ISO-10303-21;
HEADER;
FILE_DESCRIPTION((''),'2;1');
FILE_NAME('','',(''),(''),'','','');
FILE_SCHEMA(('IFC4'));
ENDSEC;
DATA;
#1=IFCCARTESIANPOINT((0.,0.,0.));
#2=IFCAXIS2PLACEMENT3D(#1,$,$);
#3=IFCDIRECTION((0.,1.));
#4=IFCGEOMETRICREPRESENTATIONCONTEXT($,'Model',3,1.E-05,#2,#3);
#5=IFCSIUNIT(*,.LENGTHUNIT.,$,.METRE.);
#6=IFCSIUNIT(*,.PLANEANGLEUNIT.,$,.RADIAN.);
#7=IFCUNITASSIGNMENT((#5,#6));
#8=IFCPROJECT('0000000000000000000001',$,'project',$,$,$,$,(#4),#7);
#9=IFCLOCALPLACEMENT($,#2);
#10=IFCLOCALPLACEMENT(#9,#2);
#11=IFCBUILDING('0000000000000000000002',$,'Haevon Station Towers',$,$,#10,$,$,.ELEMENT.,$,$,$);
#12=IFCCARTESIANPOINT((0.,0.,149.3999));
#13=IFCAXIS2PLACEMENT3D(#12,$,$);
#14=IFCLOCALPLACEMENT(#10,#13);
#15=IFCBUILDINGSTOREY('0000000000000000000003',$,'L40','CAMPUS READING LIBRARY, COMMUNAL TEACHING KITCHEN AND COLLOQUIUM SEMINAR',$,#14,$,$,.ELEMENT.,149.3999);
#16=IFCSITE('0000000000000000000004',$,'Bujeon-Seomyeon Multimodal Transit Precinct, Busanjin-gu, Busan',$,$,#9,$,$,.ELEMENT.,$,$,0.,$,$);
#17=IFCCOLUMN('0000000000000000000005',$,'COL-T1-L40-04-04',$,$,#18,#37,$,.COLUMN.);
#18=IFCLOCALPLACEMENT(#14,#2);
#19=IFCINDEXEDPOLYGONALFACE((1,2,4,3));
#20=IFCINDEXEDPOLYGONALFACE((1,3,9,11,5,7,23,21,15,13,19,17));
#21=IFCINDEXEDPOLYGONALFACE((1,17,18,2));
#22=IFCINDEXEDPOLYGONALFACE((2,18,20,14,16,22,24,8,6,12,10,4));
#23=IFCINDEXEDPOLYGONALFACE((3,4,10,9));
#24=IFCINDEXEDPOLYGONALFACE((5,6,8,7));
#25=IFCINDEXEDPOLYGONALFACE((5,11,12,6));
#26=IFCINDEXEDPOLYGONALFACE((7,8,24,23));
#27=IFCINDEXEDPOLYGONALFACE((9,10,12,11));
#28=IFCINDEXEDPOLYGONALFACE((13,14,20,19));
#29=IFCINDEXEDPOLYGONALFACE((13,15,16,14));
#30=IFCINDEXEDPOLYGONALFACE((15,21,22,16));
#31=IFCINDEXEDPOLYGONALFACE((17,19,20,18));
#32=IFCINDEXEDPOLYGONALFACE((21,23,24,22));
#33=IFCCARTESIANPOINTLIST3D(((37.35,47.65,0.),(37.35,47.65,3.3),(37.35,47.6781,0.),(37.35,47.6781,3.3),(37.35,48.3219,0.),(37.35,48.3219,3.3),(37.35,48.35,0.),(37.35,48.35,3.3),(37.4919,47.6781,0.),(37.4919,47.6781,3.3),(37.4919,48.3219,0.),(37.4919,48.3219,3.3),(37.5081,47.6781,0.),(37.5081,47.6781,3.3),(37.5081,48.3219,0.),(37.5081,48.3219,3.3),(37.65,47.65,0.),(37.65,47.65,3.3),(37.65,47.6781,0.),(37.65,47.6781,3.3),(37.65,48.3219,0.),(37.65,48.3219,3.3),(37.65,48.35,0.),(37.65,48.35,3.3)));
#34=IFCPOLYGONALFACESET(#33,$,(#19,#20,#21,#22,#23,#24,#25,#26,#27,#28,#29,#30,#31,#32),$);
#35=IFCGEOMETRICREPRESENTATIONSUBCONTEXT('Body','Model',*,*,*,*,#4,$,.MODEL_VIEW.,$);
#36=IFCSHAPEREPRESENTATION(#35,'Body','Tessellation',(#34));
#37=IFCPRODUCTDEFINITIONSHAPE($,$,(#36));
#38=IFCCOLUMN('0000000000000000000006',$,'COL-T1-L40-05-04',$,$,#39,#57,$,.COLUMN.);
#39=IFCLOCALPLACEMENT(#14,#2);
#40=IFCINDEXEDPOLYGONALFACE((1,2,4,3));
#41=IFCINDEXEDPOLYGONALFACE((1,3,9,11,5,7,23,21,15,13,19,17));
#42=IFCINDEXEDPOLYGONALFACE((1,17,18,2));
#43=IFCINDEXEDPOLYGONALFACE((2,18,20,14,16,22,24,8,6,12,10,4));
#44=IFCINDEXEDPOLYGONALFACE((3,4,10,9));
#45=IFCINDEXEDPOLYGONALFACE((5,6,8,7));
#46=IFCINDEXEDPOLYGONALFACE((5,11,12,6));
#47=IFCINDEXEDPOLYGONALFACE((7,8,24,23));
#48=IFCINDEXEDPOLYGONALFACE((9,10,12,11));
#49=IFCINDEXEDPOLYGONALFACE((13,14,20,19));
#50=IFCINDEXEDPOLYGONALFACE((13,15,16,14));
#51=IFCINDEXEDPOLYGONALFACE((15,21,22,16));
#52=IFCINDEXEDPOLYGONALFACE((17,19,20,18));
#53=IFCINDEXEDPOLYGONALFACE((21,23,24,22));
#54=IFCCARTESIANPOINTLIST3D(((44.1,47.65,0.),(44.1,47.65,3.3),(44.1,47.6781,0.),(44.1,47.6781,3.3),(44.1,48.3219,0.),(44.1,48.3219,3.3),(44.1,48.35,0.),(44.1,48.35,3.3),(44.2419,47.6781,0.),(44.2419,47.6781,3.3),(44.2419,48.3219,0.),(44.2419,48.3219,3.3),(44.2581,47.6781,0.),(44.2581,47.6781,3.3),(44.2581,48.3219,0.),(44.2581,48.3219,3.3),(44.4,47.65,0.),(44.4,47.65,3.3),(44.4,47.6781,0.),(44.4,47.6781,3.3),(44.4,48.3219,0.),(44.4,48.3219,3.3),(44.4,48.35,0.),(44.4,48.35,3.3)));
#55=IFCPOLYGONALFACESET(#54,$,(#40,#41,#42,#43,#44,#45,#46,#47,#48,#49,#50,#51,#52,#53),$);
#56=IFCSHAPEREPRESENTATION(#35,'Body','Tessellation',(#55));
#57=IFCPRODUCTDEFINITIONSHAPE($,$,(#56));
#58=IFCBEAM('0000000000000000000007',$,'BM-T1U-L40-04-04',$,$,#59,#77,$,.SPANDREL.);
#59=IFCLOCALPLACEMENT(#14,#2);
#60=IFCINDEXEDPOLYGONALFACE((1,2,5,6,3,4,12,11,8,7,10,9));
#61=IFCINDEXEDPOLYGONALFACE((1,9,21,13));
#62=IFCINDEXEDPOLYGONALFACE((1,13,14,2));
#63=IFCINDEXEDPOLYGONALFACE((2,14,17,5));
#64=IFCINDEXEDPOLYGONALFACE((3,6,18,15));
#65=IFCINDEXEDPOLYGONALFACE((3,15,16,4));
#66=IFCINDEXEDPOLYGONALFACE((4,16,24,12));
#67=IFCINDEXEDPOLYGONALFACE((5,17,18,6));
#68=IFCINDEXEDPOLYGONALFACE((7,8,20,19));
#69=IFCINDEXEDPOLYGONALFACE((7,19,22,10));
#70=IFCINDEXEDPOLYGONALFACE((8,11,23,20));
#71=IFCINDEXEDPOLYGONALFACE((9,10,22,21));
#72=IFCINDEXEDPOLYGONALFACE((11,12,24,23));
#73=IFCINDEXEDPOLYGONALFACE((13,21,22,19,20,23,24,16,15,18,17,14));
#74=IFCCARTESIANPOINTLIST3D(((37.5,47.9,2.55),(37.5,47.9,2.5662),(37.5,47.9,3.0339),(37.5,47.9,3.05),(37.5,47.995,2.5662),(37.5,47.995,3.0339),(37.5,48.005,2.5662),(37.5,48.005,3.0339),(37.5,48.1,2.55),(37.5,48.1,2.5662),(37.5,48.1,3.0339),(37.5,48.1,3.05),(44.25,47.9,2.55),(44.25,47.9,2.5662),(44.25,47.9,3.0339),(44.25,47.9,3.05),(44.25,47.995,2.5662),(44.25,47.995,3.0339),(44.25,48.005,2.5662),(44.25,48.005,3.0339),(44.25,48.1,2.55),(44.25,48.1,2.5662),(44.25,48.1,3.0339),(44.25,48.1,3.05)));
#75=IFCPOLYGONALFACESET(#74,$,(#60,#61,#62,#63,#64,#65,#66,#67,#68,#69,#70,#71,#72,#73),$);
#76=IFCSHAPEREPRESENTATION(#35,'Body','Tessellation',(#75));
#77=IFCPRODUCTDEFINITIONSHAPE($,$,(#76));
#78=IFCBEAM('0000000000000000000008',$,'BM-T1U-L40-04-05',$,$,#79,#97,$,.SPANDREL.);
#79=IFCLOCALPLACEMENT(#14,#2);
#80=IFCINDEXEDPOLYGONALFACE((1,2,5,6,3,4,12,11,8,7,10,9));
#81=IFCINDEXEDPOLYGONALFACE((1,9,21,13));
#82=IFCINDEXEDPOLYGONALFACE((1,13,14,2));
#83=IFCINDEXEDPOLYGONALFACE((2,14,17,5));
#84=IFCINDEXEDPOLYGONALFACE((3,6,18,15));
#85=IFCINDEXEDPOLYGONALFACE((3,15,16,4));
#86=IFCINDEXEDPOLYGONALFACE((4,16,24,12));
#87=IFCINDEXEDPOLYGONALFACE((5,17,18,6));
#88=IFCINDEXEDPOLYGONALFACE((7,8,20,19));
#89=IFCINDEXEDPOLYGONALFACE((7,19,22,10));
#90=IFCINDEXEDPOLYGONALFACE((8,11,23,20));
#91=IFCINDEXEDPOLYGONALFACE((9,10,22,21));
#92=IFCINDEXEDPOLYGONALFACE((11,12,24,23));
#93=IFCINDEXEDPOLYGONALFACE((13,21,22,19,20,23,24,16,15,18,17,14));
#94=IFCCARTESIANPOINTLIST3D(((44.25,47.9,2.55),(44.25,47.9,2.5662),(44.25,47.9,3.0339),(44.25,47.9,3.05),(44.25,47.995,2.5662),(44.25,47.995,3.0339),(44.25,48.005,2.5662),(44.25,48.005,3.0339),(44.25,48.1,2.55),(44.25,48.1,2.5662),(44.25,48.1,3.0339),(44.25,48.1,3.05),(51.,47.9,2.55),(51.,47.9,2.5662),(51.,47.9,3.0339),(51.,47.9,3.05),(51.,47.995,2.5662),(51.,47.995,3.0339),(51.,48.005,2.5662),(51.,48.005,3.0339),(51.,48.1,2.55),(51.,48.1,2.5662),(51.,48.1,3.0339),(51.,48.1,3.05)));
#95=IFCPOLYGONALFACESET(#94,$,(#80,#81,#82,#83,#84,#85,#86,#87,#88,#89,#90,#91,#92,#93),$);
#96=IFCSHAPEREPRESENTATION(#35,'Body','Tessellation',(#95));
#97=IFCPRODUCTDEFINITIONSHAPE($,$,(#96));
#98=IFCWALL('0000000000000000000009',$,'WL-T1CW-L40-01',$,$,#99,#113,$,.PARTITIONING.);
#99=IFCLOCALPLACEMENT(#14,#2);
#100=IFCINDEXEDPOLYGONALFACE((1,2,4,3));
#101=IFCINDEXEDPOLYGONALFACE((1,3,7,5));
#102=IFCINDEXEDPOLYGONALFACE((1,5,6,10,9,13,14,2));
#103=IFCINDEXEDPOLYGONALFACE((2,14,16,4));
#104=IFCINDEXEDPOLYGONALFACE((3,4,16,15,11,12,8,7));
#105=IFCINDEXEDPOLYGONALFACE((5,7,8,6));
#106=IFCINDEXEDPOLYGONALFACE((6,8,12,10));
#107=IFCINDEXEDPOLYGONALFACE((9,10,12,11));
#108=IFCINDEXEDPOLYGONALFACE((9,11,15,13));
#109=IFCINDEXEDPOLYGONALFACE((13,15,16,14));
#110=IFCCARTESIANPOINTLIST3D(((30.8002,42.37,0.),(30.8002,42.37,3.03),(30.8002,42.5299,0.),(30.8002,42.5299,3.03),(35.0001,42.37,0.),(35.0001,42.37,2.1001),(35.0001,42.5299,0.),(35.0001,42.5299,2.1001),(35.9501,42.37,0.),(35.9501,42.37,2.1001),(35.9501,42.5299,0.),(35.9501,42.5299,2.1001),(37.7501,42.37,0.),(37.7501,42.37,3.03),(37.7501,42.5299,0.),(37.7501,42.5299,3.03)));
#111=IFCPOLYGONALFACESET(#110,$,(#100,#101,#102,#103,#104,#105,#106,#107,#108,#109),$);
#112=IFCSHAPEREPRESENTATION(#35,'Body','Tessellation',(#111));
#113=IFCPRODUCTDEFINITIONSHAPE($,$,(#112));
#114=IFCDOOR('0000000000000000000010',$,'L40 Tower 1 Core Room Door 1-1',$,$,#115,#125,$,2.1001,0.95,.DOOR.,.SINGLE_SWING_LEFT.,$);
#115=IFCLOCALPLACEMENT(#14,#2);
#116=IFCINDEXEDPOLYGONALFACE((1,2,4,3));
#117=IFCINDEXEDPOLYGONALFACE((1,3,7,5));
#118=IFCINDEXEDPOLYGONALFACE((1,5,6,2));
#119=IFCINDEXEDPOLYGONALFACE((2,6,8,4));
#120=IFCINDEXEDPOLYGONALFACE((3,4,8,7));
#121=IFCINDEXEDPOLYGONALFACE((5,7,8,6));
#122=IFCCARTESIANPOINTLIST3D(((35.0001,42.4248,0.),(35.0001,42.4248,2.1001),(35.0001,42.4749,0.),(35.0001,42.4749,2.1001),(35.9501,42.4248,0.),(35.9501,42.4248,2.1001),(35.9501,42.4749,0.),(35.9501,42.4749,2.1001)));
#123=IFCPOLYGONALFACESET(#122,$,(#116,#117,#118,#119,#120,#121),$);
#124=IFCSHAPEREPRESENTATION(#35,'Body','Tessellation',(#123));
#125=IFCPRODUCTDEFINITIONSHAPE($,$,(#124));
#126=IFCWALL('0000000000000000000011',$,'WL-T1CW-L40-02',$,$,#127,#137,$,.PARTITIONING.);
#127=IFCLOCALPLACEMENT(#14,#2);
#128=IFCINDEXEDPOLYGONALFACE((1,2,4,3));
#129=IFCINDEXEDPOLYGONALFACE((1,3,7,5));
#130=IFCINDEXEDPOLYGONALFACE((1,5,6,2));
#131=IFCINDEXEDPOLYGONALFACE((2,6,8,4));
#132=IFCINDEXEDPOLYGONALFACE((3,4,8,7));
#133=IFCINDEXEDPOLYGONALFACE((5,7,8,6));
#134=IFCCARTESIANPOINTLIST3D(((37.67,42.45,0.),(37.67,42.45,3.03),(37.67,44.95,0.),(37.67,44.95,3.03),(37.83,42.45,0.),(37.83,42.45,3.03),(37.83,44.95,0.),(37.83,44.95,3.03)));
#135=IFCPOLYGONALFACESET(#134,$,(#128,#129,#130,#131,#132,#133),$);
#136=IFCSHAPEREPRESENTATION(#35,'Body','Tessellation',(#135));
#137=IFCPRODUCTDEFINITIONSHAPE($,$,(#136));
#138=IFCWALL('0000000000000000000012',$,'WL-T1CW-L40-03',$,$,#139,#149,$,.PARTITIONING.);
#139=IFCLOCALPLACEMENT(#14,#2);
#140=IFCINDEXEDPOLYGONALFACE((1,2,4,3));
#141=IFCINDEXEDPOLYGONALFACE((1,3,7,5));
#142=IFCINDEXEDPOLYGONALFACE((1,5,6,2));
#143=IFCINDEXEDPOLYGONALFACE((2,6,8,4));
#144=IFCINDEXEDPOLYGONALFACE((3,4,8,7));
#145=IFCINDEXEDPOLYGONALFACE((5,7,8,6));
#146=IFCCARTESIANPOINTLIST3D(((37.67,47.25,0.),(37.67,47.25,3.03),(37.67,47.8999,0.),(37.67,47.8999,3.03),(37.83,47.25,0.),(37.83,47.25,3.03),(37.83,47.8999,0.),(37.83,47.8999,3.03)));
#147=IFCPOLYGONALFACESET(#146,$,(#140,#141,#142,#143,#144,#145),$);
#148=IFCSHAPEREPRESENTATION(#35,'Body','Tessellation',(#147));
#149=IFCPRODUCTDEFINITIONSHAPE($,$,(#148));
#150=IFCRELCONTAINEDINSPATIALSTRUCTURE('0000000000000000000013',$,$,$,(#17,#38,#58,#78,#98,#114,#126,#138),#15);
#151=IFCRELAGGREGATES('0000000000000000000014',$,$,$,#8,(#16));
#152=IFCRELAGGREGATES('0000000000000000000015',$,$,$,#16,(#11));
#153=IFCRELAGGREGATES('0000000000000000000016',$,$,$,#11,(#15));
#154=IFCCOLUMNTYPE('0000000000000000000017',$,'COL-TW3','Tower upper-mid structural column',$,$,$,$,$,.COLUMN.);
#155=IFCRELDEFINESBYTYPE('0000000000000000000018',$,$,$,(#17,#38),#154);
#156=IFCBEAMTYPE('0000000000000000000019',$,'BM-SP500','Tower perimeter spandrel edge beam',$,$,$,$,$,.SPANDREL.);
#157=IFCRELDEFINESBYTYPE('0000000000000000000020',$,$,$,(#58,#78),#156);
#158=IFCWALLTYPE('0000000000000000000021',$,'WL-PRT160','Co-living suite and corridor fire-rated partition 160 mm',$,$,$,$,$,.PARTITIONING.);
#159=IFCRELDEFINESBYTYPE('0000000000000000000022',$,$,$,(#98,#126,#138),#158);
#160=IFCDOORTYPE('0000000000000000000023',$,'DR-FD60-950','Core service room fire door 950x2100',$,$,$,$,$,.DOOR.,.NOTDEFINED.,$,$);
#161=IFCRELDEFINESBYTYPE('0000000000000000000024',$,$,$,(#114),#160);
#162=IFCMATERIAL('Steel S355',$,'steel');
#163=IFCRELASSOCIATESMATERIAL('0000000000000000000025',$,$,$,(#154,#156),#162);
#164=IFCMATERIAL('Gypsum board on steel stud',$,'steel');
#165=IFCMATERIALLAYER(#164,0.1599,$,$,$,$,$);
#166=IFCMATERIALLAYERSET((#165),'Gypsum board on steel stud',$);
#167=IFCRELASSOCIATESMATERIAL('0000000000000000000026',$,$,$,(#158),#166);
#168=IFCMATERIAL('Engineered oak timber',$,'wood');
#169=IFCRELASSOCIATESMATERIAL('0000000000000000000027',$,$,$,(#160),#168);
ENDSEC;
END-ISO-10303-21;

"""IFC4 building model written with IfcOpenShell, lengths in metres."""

from ifc_helpers import new_model, si_unit, direction, frame, frame_2d, origin, origin_2d, place, context, subcontext, project, spatial, rectangle, i_section, extrude, material, layer, layer_set, material_profile, profile_set, type_object, element, fill, save


model = new_model("IFC4")

# Units and contexts
model_context = context("Model", 3, precision=1e-05, world=origin(), true_north=direction((0.0, 1.0)))
body_context = subcontext(model_context, "Body", "Model", "MODEL_VIEW")
ifc_project = project(units=[si_unit("LENGTHUNIT", "METRE"), si_unit("PLANEANGLEUNIT", "RADIAN")], contexts=[model_context])

# Site, building, storey
site_placement = place(None, origin())
site = spatial("IfcSite", under=ifc_project, at=site_placement, Name="Bujeon-Seomyeon Multimodal Transit Precinct, Busanjin-gu, Busan", CompositionType="ELEMENT", RefElevation=0.0)
building_placement = place(site_placement, origin())
building = spatial("IfcBuilding", under=site, at=building_placement, Name="Haevon Station Towers", CompositionType="ELEMENT")
storey_placement = place(building_placement, frame((0.0, 0.0, 149.3999)))
storey = spatial("IfcBuildingStorey", under=building, at=storey_placement, Name="L40", Description="CAMPUS READING LIBRARY, COMMUNAL TEACHING KITCHEN AND COLLOQUIUM SEMINAR", CompositionType="ELEMENT", Elevation=149.3999)

# Columns
ifc_material_1 = material(Name="Steel S355", Category="steel")
ifc_material_profile_1 = material_profile(ifc_material_1, i_section(OverallWidth=0.3, OverallDepth=0.7, WebThickness=0.0161, FlangeThickness=0.0281, at=origin_2d()), Name="H-700x300x16x28")
ifc_profile_set_1 = profile_set([ifc_material_profile_1], Name="Steel S355")
column_type = type_object("IfcColumnType", Name="COL-TW3", Description="Tower upper-mid structural column", PredefinedType="COLUMN", material=ifc_profile_set_1)
for number, where, z_axis, x_axis, name in (
    (1, (37.5, 48.0, 0.0), (0.0, 0.0, 1.0), (1.0, 0.0, 0.0), "COL-T1-L40-04-04"),
    (2, (44.25, 48.0, 0.0), (0.0, 0.0, 1.0), (1.0, 0.0, 0.0), "COL-T1-L40-05-04"),
):
    element("IfcColumn", number, at=place(storey_placement, frame(where, z_axis=z_axis, x_axis=x_axis)), inside=storey, type_object=column_type, Name=name, PredefinedType="COLUMN", context=body_context, shape_type="SweptSolid", body=[
        extrude(i_section(OverallWidth=0.3, OverallDepth=0.7, WebThickness=0.0161, FlangeThickness=0.0281, at=origin_2d()), origin(), (0.0, 0.0, 1.0), 3.3),
    ])

# Beams
ifc_material_profile_2 = material_profile(ifc_material_1, i_section(OverallWidth=0.2, OverallDepth=0.5, WebThickness=0.01, FlangeThickness=0.0161, at=origin_2d()), Name="H-500x200x10x16")
ifc_profile_set_2 = profile_set([ifc_material_profile_2], Name="Steel S355")
beam_type = type_object("IfcBeamType", Name="BM-SP500", Description="Tower perimeter spandrel edge beam", PredefinedType="SPANDREL", material=ifc_profile_set_2)
for number, where, z_axis, x_axis, name in (
    (3, (37.5, 48.0, 2.8), (1.0, 0.0, 0.0), (0.0, 1.0, 0.0), "BM-T1U-L40-04-04"),
    (4, (44.25, 48.0, 2.8), (1.0, 0.0, 0.0), (0.0, 1.0, 0.0), "BM-T1U-L40-04-05"),
):
    element("IfcBeam", number, at=place(storey_placement, frame(where, z_axis=z_axis, x_axis=x_axis)), inside=storey, type_object=beam_type, Name=name, PredefinedType="SPANDREL", context=body_context, shape_type="SweptSolid", body=[
        extrude(i_section(OverallWidth=0.2, OverallDepth=0.5, WebThickness=0.01, FlangeThickness=0.0161, at=origin_2d()), origin(), (0.0, 0.0, 1.0), 6.75),
    ])

# Wall, opening, door
ifc_material_2 = material(Name="Gypsum board on steel stud", Category="steel")
ifc_layer_1 = layer(ifc_material_2, 0.1599)
ifc_layer_set_1 = layer_set([ifc_layer_1], Name="Gypsum board on steel stud")
wall_type_1 = type_object("IfcWallType", Name="WL-PRT160", Description="Co-living suite and corridor fire-rated partition 160 mm", PredefinedType="PARTITIONING", material=ifc_layer_set_1)
wall_1_placement = place(storey_placement, frame((30.8, 42.45, 0.0), z_axis=(0.0, 0.0, 1.0), x_axis=(1.0, 0.0, 0.0)))
wall_1 = element("IfcWall", 5, at=wall_1_placement, inside=storey, type_object=wall_type_1, Name="WL-T1CW-L40-01", PredefinedType="PARTITIONING", context=body_context, shape_type="SweptSolid", body=[
    extrude(rectangle(XDim=6.95, YDim=0.1599, at=frame_2d((3.4751, 0.0))), origin(), (0.0, 0.0, 1.0), 3.03),
])
opening_1_placement = place(wall_1_placement, frame((4.2, 0.0, 0.0)))
opening_1 = element("IfcOpeningElement", 6, at=opening_1_placement, cuts=wall_1, PredefinedType="OPENING", context=body_context, shape_type="SweptSolid", body=[
    extrude(rectangle(XDim=0.95, YDim=2.1001, at=frame_2d((0.4751, 1.05))), frame((0.0, 0.0898, 0.0), z_axis=(0.0, -1.0, 0.0), x_axis=(1.0, 0.0, 0.0)), (0.0, 0.0, 1.0), 0.1799),
])
ifc_material_3 = material(Name="Engineered oak timber", Category="wood")
door_type_1 = type_object("IfcDoorType", Name="DR-FD60-950", Description="Core service room fire door 950x2100", OperationType="NOTDEFINED", PredefinedType="DOOR", material=ifc_material_3)
door_1_placement = place(opening_1_placement, origin())
door_1 = element("IfcDoor", 7, at=door_1_placement, inside=storey, type_object=door_type_1, Name="L40 Tower 1 Core Room Door 1-1", OperationType="SINGLE_SWING_LEFT", OverallHeight=2.1001, OverallWidth=0.95, PredefinedType="DOOR", context=body_context, shape_type="SweptSolid", body=[
    extrude(rectangle(XDim=0.95, YDim=2.1001, at=frame_2d((0.4751, 1.05))), frame((0.0, 0.0249, 0.0), z_axis=(0.0, -1.0, 0.0), x_axis=(1.0, 0.0, 0.0)), (0.0, 0.0, 1.0), 0.05),
])
fill(opening_1, door_1)

# Walls
wall_2_placement = place(storey_placement, frame((37.75, 42.45, 0.0), z_axis=(0.0, 0.0, 1.0), x_axis=(0.0, 1.0, 0.0)))
element("IfcWall", 8, at=wall_2_placement, inside=storey, type_object=wall_type_1, Name="WL-T1CW-L40-02", PredefinedType="PARTITIONING", context=body_context, shape_type="SweptSolid", body=[
    extrude(rectangle(XDim=2.5, YDim=0.1599, at=frame_2d((1.25, 0.0))), origin(), (0.0, 0.0, 1.0), 3.03),
])
wall_3_placement = place(storey_placement, frame((37.75, 47.25, 0.0), z_axis=(0.0, 0.0, 1.0), x_axis=(0.0, 1.0, 0.0)))
element("IfcWall", 9, at=wall_3_placement, inside=storey, type_object=wall_type_1, Name="WL-T1CW-L40-03", PredefinedType="PARTITIONING", context=body_context, shape_type="SweptSolid", body=[
    extrude(rectangle(XDim=0.6499, YDim=0.1599, at=frame_2d((0.325, 0.0))), origin(), (0.0, 0.0, 1.0), 3.03),
])

save(model, "model.ifc")
